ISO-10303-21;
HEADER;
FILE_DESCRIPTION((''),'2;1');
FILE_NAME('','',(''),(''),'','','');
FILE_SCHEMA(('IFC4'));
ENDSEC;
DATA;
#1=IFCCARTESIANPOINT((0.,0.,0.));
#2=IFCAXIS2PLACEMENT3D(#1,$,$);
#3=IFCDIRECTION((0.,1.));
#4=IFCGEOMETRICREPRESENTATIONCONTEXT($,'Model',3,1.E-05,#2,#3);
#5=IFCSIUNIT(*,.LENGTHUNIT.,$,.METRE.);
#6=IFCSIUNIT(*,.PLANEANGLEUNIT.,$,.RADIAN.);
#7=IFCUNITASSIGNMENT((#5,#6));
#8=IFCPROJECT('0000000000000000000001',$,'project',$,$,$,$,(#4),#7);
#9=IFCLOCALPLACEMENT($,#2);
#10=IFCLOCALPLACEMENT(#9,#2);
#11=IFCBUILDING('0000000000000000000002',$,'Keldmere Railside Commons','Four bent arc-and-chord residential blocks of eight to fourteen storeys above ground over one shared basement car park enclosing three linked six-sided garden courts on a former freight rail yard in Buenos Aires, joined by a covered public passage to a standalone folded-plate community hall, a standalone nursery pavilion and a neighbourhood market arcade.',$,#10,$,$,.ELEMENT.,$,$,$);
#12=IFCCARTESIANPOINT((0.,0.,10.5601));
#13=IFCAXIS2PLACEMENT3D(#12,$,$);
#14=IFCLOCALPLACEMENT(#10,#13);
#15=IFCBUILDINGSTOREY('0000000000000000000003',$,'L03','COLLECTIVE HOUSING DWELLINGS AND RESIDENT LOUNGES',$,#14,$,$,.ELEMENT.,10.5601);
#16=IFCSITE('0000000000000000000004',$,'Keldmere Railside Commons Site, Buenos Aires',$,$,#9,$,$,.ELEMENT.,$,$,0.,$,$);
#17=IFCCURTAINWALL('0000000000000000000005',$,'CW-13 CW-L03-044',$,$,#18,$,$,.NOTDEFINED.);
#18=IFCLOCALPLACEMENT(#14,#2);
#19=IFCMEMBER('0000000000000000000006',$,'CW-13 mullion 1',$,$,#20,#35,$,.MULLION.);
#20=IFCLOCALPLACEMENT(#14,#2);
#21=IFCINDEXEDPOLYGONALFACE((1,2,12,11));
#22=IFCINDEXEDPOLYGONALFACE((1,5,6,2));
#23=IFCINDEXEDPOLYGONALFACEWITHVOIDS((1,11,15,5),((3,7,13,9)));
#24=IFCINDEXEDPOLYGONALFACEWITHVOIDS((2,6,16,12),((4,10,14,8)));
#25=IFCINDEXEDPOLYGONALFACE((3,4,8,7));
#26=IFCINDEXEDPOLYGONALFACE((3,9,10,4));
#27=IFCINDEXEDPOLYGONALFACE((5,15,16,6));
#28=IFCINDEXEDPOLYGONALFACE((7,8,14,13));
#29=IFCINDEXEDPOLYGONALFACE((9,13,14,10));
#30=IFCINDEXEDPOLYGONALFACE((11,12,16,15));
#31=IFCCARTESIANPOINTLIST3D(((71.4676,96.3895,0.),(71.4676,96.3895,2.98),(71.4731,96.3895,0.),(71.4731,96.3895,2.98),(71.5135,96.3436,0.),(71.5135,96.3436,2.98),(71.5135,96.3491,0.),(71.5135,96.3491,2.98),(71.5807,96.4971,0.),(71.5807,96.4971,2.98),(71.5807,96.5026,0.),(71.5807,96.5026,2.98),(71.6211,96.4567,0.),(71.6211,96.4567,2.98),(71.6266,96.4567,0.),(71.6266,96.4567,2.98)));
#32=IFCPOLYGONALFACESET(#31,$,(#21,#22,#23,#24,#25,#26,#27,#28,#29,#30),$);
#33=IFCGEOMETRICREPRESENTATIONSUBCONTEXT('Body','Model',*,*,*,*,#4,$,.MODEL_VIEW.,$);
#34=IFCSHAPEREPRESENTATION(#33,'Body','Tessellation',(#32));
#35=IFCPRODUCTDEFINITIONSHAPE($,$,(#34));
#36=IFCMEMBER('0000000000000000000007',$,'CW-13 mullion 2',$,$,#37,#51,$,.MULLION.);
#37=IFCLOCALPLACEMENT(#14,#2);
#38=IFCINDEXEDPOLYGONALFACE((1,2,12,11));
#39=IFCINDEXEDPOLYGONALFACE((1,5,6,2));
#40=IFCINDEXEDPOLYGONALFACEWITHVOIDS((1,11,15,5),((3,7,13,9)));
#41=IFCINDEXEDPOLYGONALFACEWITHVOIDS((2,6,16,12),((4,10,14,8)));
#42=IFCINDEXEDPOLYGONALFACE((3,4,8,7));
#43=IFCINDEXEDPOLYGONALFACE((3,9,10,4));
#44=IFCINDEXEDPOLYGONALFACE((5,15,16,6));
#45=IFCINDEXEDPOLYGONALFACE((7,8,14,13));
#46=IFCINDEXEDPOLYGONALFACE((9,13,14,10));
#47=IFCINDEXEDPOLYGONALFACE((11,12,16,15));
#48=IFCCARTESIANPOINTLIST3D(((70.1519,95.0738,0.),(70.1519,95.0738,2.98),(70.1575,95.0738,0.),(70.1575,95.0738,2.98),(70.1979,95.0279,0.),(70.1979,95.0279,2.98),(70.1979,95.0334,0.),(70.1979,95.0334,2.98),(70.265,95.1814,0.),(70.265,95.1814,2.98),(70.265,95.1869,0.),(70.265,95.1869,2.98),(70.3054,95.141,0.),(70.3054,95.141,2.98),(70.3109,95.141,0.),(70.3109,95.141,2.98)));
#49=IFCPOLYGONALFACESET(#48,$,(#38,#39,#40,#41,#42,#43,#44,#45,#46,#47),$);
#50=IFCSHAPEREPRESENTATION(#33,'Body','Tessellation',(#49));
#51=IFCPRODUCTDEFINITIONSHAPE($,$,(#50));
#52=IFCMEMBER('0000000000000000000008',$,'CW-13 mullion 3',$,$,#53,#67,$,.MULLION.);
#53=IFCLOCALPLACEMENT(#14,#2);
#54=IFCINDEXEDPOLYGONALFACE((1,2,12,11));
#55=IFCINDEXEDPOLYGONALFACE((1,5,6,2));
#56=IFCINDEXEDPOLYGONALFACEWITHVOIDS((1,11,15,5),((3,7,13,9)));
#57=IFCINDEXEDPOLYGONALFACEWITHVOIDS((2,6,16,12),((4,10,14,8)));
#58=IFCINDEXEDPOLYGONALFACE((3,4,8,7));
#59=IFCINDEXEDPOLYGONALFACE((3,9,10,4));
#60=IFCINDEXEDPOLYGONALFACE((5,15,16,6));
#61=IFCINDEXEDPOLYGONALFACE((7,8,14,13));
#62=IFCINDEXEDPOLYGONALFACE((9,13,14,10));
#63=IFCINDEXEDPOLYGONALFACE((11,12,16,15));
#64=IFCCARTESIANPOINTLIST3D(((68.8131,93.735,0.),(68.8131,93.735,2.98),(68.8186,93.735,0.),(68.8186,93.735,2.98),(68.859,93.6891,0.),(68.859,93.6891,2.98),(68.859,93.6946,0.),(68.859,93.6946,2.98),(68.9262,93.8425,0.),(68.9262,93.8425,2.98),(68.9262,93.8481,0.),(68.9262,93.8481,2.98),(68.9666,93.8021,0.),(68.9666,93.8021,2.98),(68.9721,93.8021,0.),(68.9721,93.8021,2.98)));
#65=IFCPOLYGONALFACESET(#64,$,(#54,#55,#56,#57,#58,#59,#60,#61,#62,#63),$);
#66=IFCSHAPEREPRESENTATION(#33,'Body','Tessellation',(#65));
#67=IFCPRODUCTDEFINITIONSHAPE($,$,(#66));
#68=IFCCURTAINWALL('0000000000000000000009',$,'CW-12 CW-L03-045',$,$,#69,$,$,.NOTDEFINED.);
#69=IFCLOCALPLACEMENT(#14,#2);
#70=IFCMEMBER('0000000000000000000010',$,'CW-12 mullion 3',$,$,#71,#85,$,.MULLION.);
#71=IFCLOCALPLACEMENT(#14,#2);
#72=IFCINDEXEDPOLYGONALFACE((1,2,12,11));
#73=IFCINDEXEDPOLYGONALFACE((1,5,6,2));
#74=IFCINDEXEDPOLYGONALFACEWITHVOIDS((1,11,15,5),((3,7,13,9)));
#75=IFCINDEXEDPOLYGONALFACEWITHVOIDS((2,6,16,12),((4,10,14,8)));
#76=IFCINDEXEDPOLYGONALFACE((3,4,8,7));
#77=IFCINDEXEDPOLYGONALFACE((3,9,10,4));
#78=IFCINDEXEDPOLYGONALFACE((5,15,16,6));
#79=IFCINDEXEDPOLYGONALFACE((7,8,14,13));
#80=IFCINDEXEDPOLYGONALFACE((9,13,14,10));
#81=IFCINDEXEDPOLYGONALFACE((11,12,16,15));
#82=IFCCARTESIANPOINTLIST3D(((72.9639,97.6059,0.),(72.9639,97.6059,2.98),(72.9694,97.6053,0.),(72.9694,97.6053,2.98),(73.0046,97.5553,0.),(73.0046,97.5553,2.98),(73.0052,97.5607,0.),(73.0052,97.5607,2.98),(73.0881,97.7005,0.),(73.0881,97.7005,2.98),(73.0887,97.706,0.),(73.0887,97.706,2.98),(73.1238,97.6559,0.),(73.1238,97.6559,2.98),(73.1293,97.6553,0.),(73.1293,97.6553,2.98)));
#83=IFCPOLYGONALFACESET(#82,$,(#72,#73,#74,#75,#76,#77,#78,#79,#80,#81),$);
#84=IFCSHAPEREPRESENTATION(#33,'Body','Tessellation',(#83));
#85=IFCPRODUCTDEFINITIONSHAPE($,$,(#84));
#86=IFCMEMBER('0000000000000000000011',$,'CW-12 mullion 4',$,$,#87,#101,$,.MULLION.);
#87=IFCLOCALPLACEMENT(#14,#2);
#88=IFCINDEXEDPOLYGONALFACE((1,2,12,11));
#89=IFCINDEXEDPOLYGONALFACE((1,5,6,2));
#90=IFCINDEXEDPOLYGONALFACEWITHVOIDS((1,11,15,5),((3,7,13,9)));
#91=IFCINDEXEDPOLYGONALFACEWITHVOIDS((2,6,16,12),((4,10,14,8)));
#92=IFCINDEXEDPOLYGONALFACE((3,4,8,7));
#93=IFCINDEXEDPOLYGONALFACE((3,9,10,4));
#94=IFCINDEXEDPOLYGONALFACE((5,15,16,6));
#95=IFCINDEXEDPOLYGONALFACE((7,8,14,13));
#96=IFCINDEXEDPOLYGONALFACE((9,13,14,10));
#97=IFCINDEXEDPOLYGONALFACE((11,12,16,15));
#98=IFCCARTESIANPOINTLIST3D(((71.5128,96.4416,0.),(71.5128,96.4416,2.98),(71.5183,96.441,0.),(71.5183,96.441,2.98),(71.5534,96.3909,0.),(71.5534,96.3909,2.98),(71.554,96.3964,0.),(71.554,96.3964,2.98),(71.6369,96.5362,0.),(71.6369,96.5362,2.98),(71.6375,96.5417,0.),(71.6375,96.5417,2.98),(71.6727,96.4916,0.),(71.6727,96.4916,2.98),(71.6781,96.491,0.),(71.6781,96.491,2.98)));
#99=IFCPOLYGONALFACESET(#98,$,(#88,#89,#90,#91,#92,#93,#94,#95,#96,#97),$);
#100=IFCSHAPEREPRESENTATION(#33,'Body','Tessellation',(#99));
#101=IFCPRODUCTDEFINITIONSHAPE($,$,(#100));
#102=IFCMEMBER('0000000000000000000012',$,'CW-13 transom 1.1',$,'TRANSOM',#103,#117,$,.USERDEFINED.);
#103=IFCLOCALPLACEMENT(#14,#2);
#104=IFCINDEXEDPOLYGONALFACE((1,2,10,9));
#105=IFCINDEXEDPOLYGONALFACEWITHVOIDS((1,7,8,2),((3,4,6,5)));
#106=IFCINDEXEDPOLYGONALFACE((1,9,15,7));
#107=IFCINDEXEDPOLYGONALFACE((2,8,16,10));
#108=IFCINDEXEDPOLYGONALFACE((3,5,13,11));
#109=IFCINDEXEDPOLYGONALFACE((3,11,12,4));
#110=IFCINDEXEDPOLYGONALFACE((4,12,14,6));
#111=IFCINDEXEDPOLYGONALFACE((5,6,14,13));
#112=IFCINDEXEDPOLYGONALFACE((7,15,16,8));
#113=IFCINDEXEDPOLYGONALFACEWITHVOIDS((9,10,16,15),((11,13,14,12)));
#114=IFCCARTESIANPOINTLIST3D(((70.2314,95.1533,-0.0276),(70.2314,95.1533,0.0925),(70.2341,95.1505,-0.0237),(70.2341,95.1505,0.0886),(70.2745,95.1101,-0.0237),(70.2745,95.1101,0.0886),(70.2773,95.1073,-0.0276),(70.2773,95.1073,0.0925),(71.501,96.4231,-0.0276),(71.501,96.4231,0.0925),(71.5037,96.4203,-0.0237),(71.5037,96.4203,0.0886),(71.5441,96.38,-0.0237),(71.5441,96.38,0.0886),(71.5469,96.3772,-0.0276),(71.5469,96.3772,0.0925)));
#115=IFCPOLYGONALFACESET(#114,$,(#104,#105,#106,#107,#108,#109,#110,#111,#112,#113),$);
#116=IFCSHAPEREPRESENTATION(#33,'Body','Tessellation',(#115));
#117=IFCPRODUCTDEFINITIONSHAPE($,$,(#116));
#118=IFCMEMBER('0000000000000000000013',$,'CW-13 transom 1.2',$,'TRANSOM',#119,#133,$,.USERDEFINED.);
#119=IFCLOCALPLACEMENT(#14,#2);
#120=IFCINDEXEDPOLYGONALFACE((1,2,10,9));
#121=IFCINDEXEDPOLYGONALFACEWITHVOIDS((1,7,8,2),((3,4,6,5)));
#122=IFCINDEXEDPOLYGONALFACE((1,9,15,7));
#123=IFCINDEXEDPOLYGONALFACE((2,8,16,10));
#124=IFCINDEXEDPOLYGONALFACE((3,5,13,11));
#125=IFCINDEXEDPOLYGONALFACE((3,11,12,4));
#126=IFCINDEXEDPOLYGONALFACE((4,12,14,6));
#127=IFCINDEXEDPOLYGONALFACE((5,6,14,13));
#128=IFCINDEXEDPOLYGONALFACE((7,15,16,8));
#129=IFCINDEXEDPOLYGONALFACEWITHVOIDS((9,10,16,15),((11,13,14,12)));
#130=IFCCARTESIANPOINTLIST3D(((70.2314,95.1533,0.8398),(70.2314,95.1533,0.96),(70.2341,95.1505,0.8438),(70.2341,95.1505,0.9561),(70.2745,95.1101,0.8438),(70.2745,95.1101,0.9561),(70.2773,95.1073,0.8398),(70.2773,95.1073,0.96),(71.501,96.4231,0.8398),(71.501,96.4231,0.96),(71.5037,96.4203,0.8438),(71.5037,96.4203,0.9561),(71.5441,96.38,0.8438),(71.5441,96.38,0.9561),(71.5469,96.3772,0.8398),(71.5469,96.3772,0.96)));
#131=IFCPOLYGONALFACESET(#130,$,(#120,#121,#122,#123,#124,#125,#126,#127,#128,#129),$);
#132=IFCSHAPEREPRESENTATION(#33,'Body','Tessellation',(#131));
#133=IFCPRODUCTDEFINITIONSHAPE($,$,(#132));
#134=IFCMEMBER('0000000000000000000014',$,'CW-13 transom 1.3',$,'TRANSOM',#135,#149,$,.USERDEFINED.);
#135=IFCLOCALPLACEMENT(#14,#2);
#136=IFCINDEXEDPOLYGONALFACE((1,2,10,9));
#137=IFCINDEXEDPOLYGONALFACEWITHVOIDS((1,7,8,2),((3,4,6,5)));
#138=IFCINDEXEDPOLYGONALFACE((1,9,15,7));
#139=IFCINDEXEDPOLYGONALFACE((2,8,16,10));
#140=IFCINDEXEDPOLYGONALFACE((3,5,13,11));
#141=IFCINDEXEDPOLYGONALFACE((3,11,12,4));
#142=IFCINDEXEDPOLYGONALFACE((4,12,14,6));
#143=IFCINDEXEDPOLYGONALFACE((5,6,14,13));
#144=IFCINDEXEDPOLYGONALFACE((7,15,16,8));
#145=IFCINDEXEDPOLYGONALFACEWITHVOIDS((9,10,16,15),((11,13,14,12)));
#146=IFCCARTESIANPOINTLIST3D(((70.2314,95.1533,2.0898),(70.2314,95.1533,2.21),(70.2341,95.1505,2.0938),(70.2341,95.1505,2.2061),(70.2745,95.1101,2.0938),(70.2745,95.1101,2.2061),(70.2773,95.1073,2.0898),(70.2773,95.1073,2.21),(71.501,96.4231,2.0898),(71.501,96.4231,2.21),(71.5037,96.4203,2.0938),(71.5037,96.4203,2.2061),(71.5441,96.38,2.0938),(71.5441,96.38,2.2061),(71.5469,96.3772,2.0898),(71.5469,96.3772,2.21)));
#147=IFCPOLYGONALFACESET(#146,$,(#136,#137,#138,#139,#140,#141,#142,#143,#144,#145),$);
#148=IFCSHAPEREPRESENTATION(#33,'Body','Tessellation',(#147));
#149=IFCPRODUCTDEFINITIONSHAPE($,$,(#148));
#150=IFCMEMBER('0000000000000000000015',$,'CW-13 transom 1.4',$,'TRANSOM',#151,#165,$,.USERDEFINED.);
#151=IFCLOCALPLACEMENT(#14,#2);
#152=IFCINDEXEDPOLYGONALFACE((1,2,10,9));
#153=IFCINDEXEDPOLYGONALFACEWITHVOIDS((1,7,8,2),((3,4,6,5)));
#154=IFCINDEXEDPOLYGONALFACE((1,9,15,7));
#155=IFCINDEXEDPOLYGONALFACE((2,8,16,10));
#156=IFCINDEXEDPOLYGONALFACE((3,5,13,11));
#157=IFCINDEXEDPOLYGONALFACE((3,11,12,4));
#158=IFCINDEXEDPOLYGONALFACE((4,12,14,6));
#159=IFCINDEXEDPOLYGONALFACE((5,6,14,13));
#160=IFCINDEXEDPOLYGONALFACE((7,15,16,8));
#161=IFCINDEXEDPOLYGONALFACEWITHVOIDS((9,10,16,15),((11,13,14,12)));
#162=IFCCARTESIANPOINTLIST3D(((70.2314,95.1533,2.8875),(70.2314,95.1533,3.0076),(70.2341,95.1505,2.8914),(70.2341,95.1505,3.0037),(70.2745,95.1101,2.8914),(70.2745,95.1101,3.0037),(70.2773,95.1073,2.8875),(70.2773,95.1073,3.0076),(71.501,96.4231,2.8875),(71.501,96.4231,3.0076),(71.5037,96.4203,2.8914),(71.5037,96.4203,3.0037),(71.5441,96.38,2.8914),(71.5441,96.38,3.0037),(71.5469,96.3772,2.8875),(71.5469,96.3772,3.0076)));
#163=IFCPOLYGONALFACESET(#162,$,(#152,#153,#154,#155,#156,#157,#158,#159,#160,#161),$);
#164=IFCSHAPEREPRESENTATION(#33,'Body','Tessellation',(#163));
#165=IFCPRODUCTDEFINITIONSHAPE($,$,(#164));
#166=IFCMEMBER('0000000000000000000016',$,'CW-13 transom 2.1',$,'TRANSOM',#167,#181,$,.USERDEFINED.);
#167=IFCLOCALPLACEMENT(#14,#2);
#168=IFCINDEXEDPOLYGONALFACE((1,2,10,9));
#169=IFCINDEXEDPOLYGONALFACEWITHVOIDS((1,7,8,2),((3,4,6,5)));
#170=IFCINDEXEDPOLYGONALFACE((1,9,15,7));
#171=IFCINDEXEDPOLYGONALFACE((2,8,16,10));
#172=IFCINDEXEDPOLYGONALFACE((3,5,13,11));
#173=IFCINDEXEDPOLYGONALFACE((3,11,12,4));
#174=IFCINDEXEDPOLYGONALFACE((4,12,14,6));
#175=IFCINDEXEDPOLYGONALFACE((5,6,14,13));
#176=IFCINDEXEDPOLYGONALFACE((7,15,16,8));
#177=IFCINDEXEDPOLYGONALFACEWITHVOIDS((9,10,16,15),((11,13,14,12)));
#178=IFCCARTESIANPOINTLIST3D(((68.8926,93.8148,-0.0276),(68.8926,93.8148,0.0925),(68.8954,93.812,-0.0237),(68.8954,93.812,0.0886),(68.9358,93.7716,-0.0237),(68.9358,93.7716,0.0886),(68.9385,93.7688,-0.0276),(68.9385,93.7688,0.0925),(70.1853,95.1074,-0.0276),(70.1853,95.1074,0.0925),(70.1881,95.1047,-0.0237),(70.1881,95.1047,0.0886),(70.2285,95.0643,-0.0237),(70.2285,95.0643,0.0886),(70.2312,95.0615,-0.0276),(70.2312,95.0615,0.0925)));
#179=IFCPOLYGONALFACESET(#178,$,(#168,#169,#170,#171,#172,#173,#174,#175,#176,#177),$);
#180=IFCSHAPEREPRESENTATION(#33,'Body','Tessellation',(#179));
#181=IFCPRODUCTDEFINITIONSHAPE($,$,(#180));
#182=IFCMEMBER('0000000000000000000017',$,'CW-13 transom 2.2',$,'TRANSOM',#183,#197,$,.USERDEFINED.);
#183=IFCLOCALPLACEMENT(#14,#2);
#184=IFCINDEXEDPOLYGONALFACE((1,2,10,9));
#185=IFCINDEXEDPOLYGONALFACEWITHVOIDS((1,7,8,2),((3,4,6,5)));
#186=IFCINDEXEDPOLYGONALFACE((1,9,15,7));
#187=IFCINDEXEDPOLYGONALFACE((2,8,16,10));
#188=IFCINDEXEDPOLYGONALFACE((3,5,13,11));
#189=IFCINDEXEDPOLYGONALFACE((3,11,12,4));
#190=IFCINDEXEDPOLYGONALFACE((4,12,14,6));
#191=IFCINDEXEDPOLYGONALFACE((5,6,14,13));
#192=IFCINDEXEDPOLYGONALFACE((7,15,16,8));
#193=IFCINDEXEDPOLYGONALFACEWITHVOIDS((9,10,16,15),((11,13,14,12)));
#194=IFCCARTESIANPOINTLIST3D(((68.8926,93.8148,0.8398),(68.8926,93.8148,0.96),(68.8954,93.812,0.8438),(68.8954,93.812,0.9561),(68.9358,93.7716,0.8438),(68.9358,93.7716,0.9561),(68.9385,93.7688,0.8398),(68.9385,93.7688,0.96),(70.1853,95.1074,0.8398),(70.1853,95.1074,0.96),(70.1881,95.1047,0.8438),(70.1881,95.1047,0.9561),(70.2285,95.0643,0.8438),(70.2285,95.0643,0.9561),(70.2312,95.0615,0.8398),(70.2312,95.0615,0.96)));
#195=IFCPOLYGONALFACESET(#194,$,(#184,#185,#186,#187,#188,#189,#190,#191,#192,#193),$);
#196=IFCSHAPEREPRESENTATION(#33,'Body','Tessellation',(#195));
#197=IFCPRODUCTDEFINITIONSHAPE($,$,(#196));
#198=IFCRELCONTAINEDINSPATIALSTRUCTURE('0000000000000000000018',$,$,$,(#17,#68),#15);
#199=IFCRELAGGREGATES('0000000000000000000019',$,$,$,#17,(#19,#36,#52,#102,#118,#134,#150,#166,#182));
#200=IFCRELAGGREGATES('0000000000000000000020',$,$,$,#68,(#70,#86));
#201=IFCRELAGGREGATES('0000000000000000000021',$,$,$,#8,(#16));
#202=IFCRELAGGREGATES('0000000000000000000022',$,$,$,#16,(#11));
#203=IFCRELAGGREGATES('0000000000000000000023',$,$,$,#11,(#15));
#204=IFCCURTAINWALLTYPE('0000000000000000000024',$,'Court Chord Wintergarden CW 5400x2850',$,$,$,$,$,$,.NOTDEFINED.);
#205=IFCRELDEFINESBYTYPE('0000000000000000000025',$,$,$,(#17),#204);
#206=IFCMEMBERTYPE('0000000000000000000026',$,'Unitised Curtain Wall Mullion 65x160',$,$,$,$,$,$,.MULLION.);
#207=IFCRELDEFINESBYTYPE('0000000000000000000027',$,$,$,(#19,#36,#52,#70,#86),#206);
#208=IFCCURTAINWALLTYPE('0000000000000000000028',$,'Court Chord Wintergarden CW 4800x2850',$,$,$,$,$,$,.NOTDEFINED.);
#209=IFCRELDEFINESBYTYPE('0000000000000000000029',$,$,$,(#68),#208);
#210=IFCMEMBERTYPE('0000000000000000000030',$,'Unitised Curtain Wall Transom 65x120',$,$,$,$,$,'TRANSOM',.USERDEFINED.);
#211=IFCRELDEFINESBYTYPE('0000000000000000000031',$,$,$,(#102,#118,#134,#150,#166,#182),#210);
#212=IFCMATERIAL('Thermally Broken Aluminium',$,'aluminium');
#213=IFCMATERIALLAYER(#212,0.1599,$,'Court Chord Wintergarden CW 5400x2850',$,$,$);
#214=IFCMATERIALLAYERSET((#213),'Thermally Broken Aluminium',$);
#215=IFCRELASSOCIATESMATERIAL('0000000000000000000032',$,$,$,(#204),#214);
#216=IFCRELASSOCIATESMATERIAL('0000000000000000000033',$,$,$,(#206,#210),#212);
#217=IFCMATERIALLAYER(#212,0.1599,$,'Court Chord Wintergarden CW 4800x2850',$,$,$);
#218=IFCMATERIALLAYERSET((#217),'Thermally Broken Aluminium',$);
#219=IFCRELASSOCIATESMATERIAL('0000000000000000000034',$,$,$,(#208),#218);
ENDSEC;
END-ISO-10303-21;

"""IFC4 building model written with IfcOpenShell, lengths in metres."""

from ifc_helpers import new_model, si_unit, direction, frame, origin, origin_2d, place, context, subcontext, project, spatial, hollow_rectangle, extrude, material, layer, layer_set, material_profile, profile_set, type_object, element, aggregate, save


model = new_model("IFC4")

# Units and contexts
model_context = context("Model", 3, precision=1e-05, world=origin(), true_north=direction((0.0, 1.0)))
body_context = subcontext(model_context, "Body", "Model", "MODEL_VIEW")
ifc_project = project(units=[si_unit("LENGTHUNIT", "METRE"), si_unit("PLANEANGLEUNIT", "RADIAN")], contexts=[model_context])

# Site, building, storey
site_placement = place(None, origin())
site = spatial("IfcSite", under=ifc_project, at=site_placement, Name="Keldmere Railside Commons Site, Buenos Aires", CompositionType="ELEMENT", RefElevation=0.0)
building_placement = place(site_placement, origin())
building = spatial("IfcBuilding", under=site, at=building_placement, Name="Keldmere Railside Commons", Description="Four bent arc-and-chord residential blocks of eight to fourteen storeys above ground over one shared basement car park enclosing three linked six-sided garden courts on a former freight rail yard in Buenos Aires, joined by a covered public passage to a standalone folded-plate community hall, a standalone nursery pavilion and a neighbourhood market arcade.", CompositionType="ELEMENT")
storey_placement = place(building_placement, frame((0.0, 0.0, 10.5601)))
storey = spatial("IfcBuildingStorey", under=building, at=storey_placement, Name="L03", Description="COLLECTIVE HOUSING DWELLINGS AND RESIDENT LOUNGES", CompositionType="ELEMENT", Elevation=10.5601)

# Curtain walls, members
ifc_material_1 = material(Name="Thermally Broken Aluminium", Category="aluminium")
ifc_layer_1 = layer(ifc_material_1, 0.1599, Name="Court Chord Wintergarden CW 5400x2850")
ifc_layer_set_1 = layer_set([ifc_layer_1], Name="Thermally Broken Aluminium")
curtain_wall_type_1 = type_object("IfcCurtainWallType", Name="Court Chord Wintergarden CW 5400x2850", PredefinedType="NOTDEFINED", material=ifc_layer_set_1)
curtain_wall_1_placement = place(storey_placement, origin())
curtain_wall_1 = element("IfcCurtainWall", 1, at=curtain_wall_1_placement, inside=storey, type_object=curtain_wall_type_1, Name="CW-13 CW-L03-044", PredefinedType="NOTDEFINED")
ifc_material_profile_1 = material_profile(ifc_material_1, hollow_rectangle(XDim=0.0649, YDim=0.1599, WallThickness=0.0039, at=origin_2d()), Name="ALU-MULL-65x160")
ifc_profile_set_1 = profile_set([ifc_material_profile_1], Name="Thermally Broken Aluminium")
member_type_1 = type_object("IfcMemberType", Name="Unitised Curtain Wall Mullion 65x160", PredefinedType="MULLION", material=ifc_profile_set_1)
member_1_placement = place(storey_placement, frame((71.5471, 96.4231, 0.0), z_axis=(0.0, 0.0, 1.0), x_axis=(0.707107, -0.707107, 0.0)))
member_1 = element("IfcMember", 2, at=member_1_placement, type_object=member_type_1, Name="CW-13 mullion 1", PredefinedType="MULLION", context=body_context, shape_type="SweptSolid", body=[
    extrude(hollow_rectangle(XDim=0.0649, YDim=0.1599, WallThickness=0.0039, at=origin_2d()), origin(), (0.0, 0.0, 1.0), 2.98),
])
member_2_placement = place(storey_placement, frame((70.2314, 95.1074, 0.0), z_axis=(0.0, 0.0, 1.0), x_axis=(0.707107, -0.707107, 0.0)))
member_2 = element("IfcMember", 3, at=member_2_placement, type_object=member_type_1, Name="CW-13 mullion 2", PredefinedType="MULLION", context=body_context, shape_type="SweptSolid", body=[
    extrude(hollow_rectangle(XDim=0.0649, YDim=0.1599, WallThickness=0.0039, at=origin_2d()), origin(), (0.0, 0.0, 1.0), 2.98),
])
member_3_placement = place(storey_placement, frame((68.8926, 93.7686, 0.0), z_axis=(0.0, 0.0, 1.0), x_axis=(0.707107, -0.707107, 0.0)))
member_3 = element("IfcMember", 4, at=member_3_placement, type_object=member_type_1, Name="CW-13 mullion 3", PredefinedType="MULLION", context=body_context, shape_type="SweptSolid", body=[
    extrude(hollow_rectangle(XDim=0.0649, YDim=0.1599, WallThickness=0.0039, at=origin_2d()), origin(), (0.0, 0.0, 1.0), 2.98),
])
ifc_layer_2 = layer(ifc_material_1, 0.1599, Name="Court Chord Wintergarden CW 4800x2850")
ifc_layer_set_2 = layer_set([ifc_layer_2], Name="Thermally Broken Aluminium")
curtain_wall_type_2 = type_object("IfcCurtainWallType", Name="Court Chord Wintergarden CW 4800x2850", PredefinedType="NOTDEFINED", material=ifc_layer_set_2)
curtain_wall_2_placement = place(storey_placement, origin())
curtain_wall_2 = element("IfcCurtainWall", 5, at=curtain_wall_2_placement, inside=storey, type_object=curtain_wall_type_2, Name="CW-12 CW-L03-045", PredefinedType="NOTDEFINED")
member_4_placement = place(storey_placement, frame((73.0466, 97.6306, 0.0), z_axis=(0.0, 0.0, 1.0), x_axis=(0.625768, -0.780009, 0.0)))
member_4 = element("IfcMember", 6, at=member_4_placement, type_object=member_type_1, Name="CW-12 mullion 3", PredefinedType="MULLION", context=body_context, shape_type="SweptSolid", body=[
    extrude(hollow_rectangle(XDim=0.0649, YDim=0.1599, WallThickness=0.0039, at=origin_2d()), origin(), (0.0, 0.0, 1.0), 2.98),
])
member_5_placement = place(storey_placement, frame((71.5955, 96.4663, 0.0), z_axis=(0.0, 0.0, 1.0), x_axis=(0.625768, -0.780009, 0.0)))
member_5 = element("IfcMember", 7, at=member_5_placement, type_object=member_type_1, Name="CW-12 mullion 4", PredefinedType="MULLION", context=body_context, shape_type="SweptSolid", body=[
    extrude(hollow_rectangle(XDim=0.0649, YDim=0.1599, WallThickness=0.0039, at=origin_2d()), origin(), (0.0, 0.0, 1.0), 2.98),
])

# Members
ifc_material_profile_2 = material_profile(ifc_material_1, hollow_rectangle(XDim=0.0649, YDim=0.1201, WallThickness=0.0039, at=origin_2d()), Name="ALU-TRAN-65x120")
ifc_profile_set_2 = profile_set([ifc_material_profile_2], Name="Thermally Broken Aluminium")
member_type_2 = type_object("IfcMemberType", Name="Unitised Curtain Wall Transom 65x120", ElementType="TRANSOM", PredefinedType="USERDEFINED", material=ifc_profile_set_2)
member_6_placement = place(storey_placement, frame((71.5239, 96.4001, 0.0325), z_axis=(-0.707039, -0.707175, 0.0), x_axis=(0.707175, -0.707039, 0.0)))
member_6 = element("IfcMember", 8, at=member_6_placement, type_object=member_type_2, Name="CW-13 transom 1.1", ObjectType="TRANSOM", PredefinedType="USERDEFINED", context=body_context, shape_type="SweptSolid", body=[
    extrude(hollow_rectangle(XDim=0.0649, YDim=0.1201, WallThickness=0.0039, at=origin_2d()), origin(), (0.0, 0.0, 1.0), 1.7957),
])
member_7_placement = place(storey_placement, frame((71.5239, 96.4001, 0.8999), z_axis=(-0.707039, -0.707175, 0.0), x_axis=(0.707175, -0.707039, 0.0)))
member_7 = element("IfcMember", 9, at=member_7_placement, type_object=member_type_2, Name="CW-13 transom 1.2", ObjectType="TRANSOM", PredefinedType="USERDEFINED", context=body_context, shape_type="SweptSolid", body=[
    extrude(hollow_rectangle(XDim=0.0649, YDim=0.1201, WallThickness=0.0039, at=origin_2d()), origin(), (0.0, 0.0, 1.0), 1.7957),
])
member_8_placement = place(storey_placement, frame((71.5239, 96.4001, 2.1499), z_axis=(-0.707039, -0.707175, 0.0), x_axis=(0.707175, -0.707039, 0.0)))
member_8 = element("IfcMember", 10, at=member_8_placement, type_object=member_type_2, Name="CW-13 transom 1.3", ObjectType="TRANSOM", PredefinedType="USERDEFINED", context=body_context, shape_type="SweptSolid", body=[
    extrude(hollow_rectangle(XDim=0.0649, YDim=0.1201, WallThickness=0.0039, at=origin_2d()), origin(), (0.0, 0.0, 1.0), 1.7957),
])
member_9_placement = place(storey_placement, frame((71.5239, 96.4001, 2.9475), z_axis=(-0.707039, -0.707175, 0.0), x_axis=(0.707175, -0.707039, 0.0)))
member_9 = element("IfcMember", 11, at=member_9_placement, type_object=member_type_2, Name="CW-13 transom 1.4", ObjectType="TRANSOM", PredefinedType="USERDEFINED", context=body_context, shape_type="SweptSolid", body=[
    extrude(hollow_rectangle(XDim=0.0649, YDim=0.1201, WallThickness=0.0039, at=origin_2d()), origin(), (0.0, 0.0, 1.0), 1.7957),
])
member_10_placement = place(storey_placement, frame((70.2083, 95.0845, 0.0325), z_axis=(-0.707107, -0.707107, 0.0), x_axis=(0.707107, -0.707107, 0.0)))
member_10 = element("IfcMember", 12, at=member_10_placement, type_object=member_type_2, Name="CW-13 transom 2.1", ObjectType="TRANSOM", PredefinedType="USERDEFINED", context=body_context, shape_type="SweptSolid", body=[
    extrude(hollow_rectangle(XDim=0.0649, YDim=0.1201, WallThickness=0.0039, at=origin_2d()), origin(), (0.0, 0.0, 1.0), 1.8281),
])
member_11_placement = place(storey_placement, frame((70.2083, 95.0845, 0.8999), z_axis=(-0.707107, -0.707107, 0.0), x_axis=(0.707107, -0.707107, 0.0)))
member_11 = element("IfcMember", 13, at=member_11_placement, type_object=member_type_2, Name="CW-13 transom 2.2", ObjectType="TRANSOM", PredefinedType="USERDEFINED", context=body_context, shape_type="SweptSolid", body=[
    extrude(hollow_rectangle(XDim=0.0649, YDim=0.1201, WallThickness=0.0039, at=origin_2d()), origin(), (0.0, 0.0, 1.0), 1.8281),
])

aggregate(curtain_wall_1, [member_1, member_2, member_3, member_6, member_7, member_8, member_9, member_10, member_11])
aggregate(curtain_wall_2, [member_4, member_5])

save(model, "model.ifc")
